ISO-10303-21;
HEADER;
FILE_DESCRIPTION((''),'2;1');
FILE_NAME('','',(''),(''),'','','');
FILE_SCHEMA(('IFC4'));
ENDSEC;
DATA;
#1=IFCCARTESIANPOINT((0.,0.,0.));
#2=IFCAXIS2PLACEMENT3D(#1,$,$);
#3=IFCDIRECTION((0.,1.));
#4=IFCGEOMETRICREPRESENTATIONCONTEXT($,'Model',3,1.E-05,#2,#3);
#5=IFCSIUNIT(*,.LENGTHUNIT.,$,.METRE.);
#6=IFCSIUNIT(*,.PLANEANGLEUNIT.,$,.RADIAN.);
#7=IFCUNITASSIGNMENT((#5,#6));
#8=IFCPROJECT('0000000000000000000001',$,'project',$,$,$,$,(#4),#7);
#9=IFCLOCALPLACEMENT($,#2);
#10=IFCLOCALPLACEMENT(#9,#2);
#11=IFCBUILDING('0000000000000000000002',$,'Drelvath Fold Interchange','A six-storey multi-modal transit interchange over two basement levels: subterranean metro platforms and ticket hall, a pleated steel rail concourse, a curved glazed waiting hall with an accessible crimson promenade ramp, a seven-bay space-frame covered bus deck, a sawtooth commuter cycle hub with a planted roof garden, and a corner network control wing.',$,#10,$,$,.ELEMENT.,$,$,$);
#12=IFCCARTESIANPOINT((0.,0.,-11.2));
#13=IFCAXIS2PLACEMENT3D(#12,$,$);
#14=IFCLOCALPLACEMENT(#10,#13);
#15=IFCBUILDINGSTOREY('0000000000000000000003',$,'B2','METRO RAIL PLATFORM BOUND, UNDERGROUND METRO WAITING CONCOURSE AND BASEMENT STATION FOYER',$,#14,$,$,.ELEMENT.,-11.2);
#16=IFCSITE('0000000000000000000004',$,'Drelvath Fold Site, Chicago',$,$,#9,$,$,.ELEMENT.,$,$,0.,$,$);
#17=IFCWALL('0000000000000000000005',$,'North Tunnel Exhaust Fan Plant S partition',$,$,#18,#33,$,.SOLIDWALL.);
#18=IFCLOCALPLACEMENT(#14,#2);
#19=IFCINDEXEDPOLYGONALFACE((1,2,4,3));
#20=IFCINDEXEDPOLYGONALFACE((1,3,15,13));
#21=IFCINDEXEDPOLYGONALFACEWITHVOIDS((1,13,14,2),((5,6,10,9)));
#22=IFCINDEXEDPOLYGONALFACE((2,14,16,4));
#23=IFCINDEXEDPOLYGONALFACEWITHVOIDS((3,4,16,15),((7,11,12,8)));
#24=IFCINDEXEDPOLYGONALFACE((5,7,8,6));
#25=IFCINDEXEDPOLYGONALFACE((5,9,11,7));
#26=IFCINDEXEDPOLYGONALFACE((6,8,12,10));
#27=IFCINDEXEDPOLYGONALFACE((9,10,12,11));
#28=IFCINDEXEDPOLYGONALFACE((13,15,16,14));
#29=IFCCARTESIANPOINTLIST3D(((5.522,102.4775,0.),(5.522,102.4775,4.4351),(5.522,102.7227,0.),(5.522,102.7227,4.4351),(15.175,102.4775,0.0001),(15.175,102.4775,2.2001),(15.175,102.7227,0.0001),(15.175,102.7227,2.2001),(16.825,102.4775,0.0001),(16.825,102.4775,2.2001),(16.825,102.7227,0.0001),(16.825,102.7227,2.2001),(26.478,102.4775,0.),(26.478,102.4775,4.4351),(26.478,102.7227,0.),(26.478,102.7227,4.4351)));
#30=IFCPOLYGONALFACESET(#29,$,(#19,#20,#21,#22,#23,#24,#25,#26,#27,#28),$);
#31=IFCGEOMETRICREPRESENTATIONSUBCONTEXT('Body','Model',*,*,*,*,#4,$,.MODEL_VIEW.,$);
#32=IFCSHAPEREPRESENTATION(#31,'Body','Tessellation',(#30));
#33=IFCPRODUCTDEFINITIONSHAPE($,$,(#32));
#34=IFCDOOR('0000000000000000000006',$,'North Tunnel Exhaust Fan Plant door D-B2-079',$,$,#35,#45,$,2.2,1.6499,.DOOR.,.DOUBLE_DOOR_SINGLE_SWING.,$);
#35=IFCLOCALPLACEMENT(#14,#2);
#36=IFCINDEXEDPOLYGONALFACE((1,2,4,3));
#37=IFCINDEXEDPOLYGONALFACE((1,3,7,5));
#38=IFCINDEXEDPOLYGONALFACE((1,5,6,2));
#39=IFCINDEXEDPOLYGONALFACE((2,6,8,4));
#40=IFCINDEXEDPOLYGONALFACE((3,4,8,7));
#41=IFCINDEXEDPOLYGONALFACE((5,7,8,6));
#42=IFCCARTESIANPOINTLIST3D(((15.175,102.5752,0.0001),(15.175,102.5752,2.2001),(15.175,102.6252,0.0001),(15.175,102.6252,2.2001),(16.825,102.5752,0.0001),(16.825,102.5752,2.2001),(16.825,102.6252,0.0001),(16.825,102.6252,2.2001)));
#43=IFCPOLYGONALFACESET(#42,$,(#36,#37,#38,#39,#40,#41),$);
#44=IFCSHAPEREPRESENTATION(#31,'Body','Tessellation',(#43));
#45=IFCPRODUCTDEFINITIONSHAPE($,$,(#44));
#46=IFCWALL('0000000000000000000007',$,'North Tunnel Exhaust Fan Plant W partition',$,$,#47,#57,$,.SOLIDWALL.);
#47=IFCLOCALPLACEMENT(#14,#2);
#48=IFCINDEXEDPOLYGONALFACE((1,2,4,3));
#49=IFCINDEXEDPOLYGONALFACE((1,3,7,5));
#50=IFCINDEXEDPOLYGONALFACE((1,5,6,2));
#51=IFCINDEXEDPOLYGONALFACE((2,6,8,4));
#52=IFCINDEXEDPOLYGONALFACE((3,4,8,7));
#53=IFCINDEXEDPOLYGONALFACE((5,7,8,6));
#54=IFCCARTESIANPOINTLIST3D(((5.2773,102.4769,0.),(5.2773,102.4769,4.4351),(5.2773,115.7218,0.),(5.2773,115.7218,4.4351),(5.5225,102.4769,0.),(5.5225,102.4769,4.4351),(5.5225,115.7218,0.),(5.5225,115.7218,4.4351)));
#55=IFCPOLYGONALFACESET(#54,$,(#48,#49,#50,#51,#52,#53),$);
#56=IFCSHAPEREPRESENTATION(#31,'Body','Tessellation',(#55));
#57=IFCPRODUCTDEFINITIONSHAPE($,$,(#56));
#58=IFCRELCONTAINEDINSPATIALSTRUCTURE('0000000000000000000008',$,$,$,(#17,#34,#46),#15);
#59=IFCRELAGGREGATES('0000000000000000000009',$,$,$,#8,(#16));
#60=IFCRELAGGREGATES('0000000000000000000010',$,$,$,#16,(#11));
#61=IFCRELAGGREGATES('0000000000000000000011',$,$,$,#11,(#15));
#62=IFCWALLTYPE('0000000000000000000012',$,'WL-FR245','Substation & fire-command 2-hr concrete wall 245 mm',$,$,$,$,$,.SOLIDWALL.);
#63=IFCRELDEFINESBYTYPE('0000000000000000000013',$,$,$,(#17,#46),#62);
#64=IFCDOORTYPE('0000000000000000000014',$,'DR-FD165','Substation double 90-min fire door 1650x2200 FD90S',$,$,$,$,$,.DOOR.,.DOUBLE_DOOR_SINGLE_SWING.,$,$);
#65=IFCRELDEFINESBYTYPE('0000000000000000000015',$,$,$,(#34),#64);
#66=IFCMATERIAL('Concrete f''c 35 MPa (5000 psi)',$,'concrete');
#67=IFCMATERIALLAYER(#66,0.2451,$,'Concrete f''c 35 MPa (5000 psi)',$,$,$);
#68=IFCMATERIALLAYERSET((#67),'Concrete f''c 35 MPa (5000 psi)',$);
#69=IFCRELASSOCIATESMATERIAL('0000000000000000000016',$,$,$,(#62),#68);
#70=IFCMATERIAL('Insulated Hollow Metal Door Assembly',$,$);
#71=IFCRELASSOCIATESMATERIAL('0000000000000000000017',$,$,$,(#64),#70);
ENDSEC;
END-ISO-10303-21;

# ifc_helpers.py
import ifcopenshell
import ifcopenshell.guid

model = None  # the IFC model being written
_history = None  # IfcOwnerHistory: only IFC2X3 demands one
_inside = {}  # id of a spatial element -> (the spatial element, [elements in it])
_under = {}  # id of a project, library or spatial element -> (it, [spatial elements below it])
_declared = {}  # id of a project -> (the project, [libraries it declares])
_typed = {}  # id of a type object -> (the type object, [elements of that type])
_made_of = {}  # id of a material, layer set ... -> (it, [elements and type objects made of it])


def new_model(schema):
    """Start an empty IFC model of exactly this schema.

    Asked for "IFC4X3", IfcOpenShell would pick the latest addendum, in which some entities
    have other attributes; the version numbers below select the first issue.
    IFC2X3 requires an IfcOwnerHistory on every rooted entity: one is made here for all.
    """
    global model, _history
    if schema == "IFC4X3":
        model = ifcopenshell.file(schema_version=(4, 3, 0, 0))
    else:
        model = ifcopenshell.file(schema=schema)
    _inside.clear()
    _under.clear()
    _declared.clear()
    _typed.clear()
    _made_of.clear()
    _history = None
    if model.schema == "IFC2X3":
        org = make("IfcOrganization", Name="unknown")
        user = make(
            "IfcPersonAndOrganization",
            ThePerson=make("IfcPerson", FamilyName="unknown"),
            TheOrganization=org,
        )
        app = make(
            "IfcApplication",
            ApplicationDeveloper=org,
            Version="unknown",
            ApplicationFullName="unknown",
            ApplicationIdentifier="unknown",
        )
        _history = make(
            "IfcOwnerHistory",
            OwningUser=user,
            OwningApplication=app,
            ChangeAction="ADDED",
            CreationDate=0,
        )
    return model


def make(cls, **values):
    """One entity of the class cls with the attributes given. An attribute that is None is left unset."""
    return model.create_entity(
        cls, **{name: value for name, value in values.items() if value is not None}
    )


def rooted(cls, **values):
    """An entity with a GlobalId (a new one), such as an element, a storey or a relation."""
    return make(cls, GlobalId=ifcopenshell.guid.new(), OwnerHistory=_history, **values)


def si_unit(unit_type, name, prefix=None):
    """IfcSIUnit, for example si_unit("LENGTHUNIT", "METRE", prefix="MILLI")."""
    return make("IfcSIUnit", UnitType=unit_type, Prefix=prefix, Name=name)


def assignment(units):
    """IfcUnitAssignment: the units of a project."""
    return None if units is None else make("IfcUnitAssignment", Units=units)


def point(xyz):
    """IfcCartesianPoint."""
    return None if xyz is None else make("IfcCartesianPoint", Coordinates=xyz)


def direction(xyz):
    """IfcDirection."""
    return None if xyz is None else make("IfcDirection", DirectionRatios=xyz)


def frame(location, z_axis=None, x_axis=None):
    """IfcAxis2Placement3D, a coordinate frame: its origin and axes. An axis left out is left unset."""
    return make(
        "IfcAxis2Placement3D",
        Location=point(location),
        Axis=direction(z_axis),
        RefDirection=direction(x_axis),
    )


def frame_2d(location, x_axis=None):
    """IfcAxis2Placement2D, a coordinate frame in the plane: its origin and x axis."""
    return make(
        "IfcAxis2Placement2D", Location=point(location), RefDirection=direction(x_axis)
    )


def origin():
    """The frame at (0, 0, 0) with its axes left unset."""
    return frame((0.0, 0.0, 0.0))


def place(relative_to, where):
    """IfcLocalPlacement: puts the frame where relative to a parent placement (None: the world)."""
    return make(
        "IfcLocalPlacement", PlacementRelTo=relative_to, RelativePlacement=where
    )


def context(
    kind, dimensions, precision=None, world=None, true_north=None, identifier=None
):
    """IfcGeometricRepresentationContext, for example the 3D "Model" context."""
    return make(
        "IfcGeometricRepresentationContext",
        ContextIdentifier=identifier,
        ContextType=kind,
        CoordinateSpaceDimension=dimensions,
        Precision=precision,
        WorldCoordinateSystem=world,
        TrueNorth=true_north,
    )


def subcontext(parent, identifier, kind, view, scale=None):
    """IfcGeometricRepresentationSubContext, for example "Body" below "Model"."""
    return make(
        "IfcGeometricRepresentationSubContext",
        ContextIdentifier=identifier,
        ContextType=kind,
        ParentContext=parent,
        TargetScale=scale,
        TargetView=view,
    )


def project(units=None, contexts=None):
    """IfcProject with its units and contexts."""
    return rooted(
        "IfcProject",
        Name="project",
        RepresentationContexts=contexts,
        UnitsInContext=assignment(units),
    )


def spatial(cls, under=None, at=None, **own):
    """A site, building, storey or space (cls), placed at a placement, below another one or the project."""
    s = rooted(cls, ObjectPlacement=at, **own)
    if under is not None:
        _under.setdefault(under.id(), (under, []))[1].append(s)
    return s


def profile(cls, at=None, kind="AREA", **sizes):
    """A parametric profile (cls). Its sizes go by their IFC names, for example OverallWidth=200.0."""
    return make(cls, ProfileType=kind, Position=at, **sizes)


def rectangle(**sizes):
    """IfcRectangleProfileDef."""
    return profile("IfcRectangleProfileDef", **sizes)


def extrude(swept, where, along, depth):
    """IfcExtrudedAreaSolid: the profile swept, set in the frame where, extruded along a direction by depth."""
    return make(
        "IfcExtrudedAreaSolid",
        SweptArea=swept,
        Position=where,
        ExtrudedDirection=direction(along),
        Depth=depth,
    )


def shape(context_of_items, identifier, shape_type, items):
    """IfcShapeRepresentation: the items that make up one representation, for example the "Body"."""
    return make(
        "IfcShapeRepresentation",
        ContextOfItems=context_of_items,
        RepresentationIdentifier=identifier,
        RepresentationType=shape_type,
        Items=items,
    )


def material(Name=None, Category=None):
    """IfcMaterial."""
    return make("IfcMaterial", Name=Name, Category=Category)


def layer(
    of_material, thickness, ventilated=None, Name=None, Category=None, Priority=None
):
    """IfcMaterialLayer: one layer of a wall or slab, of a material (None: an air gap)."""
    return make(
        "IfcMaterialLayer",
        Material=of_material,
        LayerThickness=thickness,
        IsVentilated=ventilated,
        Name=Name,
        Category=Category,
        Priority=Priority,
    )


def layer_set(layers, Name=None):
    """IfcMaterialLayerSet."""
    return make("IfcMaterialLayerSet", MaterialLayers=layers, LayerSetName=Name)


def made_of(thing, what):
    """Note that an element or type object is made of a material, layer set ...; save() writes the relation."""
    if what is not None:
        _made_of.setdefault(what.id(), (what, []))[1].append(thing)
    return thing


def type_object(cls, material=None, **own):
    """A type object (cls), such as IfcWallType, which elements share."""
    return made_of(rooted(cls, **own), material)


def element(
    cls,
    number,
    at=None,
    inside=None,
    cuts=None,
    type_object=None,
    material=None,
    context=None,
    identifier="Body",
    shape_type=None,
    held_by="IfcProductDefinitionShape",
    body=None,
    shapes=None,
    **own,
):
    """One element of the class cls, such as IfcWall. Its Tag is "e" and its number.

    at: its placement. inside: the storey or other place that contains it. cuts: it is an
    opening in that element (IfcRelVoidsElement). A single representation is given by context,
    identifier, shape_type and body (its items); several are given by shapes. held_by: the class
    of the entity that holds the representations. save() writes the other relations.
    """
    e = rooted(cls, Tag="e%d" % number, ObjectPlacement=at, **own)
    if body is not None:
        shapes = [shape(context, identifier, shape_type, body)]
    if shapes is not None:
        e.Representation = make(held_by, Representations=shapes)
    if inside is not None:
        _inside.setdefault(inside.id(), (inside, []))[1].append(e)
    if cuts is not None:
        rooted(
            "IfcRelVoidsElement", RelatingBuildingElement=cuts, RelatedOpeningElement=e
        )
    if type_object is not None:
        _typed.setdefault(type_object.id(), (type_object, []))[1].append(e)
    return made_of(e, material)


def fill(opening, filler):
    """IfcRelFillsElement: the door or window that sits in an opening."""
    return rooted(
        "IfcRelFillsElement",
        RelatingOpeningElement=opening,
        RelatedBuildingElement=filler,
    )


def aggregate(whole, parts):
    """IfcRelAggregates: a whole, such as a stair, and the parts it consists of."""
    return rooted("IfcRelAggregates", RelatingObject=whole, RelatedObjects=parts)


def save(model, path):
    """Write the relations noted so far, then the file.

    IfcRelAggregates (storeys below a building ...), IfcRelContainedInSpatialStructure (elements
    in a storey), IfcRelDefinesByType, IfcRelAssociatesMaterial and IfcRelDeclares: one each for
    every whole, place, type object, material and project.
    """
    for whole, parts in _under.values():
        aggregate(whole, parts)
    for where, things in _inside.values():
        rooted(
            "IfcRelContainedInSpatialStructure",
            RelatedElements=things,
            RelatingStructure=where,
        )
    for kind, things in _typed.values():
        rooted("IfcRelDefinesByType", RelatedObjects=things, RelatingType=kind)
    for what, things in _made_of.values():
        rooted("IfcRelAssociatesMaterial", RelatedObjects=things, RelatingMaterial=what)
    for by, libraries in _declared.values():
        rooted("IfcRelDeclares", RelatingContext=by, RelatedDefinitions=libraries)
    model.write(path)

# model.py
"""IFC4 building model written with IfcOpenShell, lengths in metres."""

from ifc_helpers import new_model, si_unit, direction, frame, frame_2d, origin, place, context, subcontext, project, spatial, rectangle, extrude, material, layer, layer_set, type_object, element, fill, save


model = new_model("IFC4")

# Units and contexts
model_context = context("Model", 3, precision=1e-05, world=origin(), true_north=direction((0.0, 1.0)))
body_context = subcontext(model_context, "Body", "Model", "MODEL_VIEW")
ifc_project = project(units=[si_unit("LENGTHUNIT", "METRE"), si_unit("PLANEANGLEUNIT", "RADIAN")], contexts=[model_context])

# Site, building, storey
site_placement = place(None, origin())
site = spatial("IfcSite", under=ifc_project, at=site_placement, Name="Drelvath Fold Site, Chicago", CompositionType="ELEMENT", RefElevation=0.0)
building_placement = place(site_placement, origin())
building = spatial("IfcBuilding", under=site, at=building_placement, Name="Drelvath Fold Interchange", Description="A six-storey multi-modal transit interchange over two basement levels: subterranean metro platforms and ticket hall, a pleated steel rail concourse, a curved glazed waiting hall with an accessible crimson promenade ramp, a seven-bay space-frame covered bus deck, a sawtooth commuter cycle hub with a planted roof garden, and a corner network control wing.", CompositionType="ELEMENT")
storey_placement = place(building_placement, frame((0.0, 0.0, -11.2)))
storey = spatial("IfcBuildingStorey", under=building, at=storey_placement, Name="B2", Description="METRO RAIL PLATFORM BOUND, UNDERGROUND METRO WAITING CONCOURSE AND BASEMENT STATION FOYER", CompositionType="ELEMENT", Elevation=-11.2)

# Wall, opening, door
ifc_material_1 = material(Name="Concrete f'c 35 MPa (5000 psi)", Category="concrete")
ifc_layer_1 = layer(ifc_material_1, 0.2451, Name="Concrete f'c 35 MPa (5000 psi)")
ifc_layer_set_1 = layer_set([ifc_layer_1], Name="Concrete f'c 35 MPa (5000 psi)")
wall_type_1 = type_object("IfcWallType", Name="WL-FR245", Description="Substation & fire-command 2-hr concrete wall 245 mm", PredefinedType="SOLIDWALL", material=ifc_layer_set_1)
wall_1_placement = place(storey_placement, frame((5.522, 102.6001, 0.0), z_axis=(0.0, 0.0, 1.0), x_axis=(1.0, 0.0, 0.0)))
wall_1 = element("IfcWall", 1, at=wall_1_placement, inside=storey, type_object=wall_type_1, Name="North Tunnel Exhaust Fan Plant S partition", PredefinedType="SOLIDWALL", context=body_context, shape_type="SweptSolid", body=[
    extrude(rectangle(XDim=20.9561, YDim=0.2451, at=frame_2d((10.478, 0.0))), origin(), (0.0, 0.0, 1.0), 4.4351),
])
opening_placement = place(wall_1_placement, frame((9.6531, 0.0, 0.0)))
opening = element("IfcOpeningElement", 2, at=opening_placement, cuts=wall_1, PredefinedType="OPENING", context=body_context, shape_type="SweptSolid", body=[
    extrude(rectangle(XDim=1.6499, YDim=2.2, at=frame_2d((0.825, 1.1001))), frame((0.0, 0.1326, 0.0), z_axis=(0.0, -1.0, 0.0), x_axis=(1.0, 0.0, 0.0)), (0.0, 0.0, 1.0), 0.2651),
])
ifc_material_2 = material(Name="Insulated Hollow Metal Door Assembly")
door_type = type_object("IfcDoorType", Name="DR-FD165", Description="Substation double 90-min fire door 1650x2200 FD90S", OperationType="DOUBLE_DOOR_SINGLE_SWING", PredefinedType="DOOR", material=ifc_material_2)
door_placement = place(opening_placement, frame((1.6499, 0.0, 0.0), z_axis=(0.0, 0.0, 1.0), x_axis=(-1.0, 0.0, 0.0)))
door = element("IfcDoor", 3, at=door_placement, inside=storey, type_object=door_type, Name="North Tunnel Exhaust Fan Plant door D-B2-079", OperationType="DOUBLE_DOOR_SINGLE_SWING", OverallHeight=2.2, OverallWidth=1.6499, PredefinedType="DOOR", context=body_context, shape_type="SweptSolid", body=[
    extrude(rectangle(XDim=1.6499, YDim=2.2, at=frame_2d((0.825, 1.1001))), frame((0.0, 0.0249, 0.0), z_axis=(0.0, -1.0, 0.0), x_axis=(1.0, 0.0, 0.0)), (0.0, 0.0, 1.0), 0.05),
])
fill(opening, door)

# Wall
wall_2_placement = place(storey_placement, frame((5.3999, 115.7219, 0.0), z_axis=(0.0, 0.0, 1.0), x_axis=(0.0, -1.0, 0.0)))
element("IfcWall", 4, at=wall_2_placement, inside=storey, type_object=wall_type_1, Name="North Tunnel Exhaust Fan Plant W partition", PredefinedType="SOLIDWALL", context=body_context, shape_type="SweptSolid", body=[
    extrude(rectangle(XDim=13.2449, YDim=0.2451, at=frame_2d((6.6226, 0.0))), origin(), (0.0, 0.0, 1.0), 4.4351),
])

save(model, "model.ifc")
